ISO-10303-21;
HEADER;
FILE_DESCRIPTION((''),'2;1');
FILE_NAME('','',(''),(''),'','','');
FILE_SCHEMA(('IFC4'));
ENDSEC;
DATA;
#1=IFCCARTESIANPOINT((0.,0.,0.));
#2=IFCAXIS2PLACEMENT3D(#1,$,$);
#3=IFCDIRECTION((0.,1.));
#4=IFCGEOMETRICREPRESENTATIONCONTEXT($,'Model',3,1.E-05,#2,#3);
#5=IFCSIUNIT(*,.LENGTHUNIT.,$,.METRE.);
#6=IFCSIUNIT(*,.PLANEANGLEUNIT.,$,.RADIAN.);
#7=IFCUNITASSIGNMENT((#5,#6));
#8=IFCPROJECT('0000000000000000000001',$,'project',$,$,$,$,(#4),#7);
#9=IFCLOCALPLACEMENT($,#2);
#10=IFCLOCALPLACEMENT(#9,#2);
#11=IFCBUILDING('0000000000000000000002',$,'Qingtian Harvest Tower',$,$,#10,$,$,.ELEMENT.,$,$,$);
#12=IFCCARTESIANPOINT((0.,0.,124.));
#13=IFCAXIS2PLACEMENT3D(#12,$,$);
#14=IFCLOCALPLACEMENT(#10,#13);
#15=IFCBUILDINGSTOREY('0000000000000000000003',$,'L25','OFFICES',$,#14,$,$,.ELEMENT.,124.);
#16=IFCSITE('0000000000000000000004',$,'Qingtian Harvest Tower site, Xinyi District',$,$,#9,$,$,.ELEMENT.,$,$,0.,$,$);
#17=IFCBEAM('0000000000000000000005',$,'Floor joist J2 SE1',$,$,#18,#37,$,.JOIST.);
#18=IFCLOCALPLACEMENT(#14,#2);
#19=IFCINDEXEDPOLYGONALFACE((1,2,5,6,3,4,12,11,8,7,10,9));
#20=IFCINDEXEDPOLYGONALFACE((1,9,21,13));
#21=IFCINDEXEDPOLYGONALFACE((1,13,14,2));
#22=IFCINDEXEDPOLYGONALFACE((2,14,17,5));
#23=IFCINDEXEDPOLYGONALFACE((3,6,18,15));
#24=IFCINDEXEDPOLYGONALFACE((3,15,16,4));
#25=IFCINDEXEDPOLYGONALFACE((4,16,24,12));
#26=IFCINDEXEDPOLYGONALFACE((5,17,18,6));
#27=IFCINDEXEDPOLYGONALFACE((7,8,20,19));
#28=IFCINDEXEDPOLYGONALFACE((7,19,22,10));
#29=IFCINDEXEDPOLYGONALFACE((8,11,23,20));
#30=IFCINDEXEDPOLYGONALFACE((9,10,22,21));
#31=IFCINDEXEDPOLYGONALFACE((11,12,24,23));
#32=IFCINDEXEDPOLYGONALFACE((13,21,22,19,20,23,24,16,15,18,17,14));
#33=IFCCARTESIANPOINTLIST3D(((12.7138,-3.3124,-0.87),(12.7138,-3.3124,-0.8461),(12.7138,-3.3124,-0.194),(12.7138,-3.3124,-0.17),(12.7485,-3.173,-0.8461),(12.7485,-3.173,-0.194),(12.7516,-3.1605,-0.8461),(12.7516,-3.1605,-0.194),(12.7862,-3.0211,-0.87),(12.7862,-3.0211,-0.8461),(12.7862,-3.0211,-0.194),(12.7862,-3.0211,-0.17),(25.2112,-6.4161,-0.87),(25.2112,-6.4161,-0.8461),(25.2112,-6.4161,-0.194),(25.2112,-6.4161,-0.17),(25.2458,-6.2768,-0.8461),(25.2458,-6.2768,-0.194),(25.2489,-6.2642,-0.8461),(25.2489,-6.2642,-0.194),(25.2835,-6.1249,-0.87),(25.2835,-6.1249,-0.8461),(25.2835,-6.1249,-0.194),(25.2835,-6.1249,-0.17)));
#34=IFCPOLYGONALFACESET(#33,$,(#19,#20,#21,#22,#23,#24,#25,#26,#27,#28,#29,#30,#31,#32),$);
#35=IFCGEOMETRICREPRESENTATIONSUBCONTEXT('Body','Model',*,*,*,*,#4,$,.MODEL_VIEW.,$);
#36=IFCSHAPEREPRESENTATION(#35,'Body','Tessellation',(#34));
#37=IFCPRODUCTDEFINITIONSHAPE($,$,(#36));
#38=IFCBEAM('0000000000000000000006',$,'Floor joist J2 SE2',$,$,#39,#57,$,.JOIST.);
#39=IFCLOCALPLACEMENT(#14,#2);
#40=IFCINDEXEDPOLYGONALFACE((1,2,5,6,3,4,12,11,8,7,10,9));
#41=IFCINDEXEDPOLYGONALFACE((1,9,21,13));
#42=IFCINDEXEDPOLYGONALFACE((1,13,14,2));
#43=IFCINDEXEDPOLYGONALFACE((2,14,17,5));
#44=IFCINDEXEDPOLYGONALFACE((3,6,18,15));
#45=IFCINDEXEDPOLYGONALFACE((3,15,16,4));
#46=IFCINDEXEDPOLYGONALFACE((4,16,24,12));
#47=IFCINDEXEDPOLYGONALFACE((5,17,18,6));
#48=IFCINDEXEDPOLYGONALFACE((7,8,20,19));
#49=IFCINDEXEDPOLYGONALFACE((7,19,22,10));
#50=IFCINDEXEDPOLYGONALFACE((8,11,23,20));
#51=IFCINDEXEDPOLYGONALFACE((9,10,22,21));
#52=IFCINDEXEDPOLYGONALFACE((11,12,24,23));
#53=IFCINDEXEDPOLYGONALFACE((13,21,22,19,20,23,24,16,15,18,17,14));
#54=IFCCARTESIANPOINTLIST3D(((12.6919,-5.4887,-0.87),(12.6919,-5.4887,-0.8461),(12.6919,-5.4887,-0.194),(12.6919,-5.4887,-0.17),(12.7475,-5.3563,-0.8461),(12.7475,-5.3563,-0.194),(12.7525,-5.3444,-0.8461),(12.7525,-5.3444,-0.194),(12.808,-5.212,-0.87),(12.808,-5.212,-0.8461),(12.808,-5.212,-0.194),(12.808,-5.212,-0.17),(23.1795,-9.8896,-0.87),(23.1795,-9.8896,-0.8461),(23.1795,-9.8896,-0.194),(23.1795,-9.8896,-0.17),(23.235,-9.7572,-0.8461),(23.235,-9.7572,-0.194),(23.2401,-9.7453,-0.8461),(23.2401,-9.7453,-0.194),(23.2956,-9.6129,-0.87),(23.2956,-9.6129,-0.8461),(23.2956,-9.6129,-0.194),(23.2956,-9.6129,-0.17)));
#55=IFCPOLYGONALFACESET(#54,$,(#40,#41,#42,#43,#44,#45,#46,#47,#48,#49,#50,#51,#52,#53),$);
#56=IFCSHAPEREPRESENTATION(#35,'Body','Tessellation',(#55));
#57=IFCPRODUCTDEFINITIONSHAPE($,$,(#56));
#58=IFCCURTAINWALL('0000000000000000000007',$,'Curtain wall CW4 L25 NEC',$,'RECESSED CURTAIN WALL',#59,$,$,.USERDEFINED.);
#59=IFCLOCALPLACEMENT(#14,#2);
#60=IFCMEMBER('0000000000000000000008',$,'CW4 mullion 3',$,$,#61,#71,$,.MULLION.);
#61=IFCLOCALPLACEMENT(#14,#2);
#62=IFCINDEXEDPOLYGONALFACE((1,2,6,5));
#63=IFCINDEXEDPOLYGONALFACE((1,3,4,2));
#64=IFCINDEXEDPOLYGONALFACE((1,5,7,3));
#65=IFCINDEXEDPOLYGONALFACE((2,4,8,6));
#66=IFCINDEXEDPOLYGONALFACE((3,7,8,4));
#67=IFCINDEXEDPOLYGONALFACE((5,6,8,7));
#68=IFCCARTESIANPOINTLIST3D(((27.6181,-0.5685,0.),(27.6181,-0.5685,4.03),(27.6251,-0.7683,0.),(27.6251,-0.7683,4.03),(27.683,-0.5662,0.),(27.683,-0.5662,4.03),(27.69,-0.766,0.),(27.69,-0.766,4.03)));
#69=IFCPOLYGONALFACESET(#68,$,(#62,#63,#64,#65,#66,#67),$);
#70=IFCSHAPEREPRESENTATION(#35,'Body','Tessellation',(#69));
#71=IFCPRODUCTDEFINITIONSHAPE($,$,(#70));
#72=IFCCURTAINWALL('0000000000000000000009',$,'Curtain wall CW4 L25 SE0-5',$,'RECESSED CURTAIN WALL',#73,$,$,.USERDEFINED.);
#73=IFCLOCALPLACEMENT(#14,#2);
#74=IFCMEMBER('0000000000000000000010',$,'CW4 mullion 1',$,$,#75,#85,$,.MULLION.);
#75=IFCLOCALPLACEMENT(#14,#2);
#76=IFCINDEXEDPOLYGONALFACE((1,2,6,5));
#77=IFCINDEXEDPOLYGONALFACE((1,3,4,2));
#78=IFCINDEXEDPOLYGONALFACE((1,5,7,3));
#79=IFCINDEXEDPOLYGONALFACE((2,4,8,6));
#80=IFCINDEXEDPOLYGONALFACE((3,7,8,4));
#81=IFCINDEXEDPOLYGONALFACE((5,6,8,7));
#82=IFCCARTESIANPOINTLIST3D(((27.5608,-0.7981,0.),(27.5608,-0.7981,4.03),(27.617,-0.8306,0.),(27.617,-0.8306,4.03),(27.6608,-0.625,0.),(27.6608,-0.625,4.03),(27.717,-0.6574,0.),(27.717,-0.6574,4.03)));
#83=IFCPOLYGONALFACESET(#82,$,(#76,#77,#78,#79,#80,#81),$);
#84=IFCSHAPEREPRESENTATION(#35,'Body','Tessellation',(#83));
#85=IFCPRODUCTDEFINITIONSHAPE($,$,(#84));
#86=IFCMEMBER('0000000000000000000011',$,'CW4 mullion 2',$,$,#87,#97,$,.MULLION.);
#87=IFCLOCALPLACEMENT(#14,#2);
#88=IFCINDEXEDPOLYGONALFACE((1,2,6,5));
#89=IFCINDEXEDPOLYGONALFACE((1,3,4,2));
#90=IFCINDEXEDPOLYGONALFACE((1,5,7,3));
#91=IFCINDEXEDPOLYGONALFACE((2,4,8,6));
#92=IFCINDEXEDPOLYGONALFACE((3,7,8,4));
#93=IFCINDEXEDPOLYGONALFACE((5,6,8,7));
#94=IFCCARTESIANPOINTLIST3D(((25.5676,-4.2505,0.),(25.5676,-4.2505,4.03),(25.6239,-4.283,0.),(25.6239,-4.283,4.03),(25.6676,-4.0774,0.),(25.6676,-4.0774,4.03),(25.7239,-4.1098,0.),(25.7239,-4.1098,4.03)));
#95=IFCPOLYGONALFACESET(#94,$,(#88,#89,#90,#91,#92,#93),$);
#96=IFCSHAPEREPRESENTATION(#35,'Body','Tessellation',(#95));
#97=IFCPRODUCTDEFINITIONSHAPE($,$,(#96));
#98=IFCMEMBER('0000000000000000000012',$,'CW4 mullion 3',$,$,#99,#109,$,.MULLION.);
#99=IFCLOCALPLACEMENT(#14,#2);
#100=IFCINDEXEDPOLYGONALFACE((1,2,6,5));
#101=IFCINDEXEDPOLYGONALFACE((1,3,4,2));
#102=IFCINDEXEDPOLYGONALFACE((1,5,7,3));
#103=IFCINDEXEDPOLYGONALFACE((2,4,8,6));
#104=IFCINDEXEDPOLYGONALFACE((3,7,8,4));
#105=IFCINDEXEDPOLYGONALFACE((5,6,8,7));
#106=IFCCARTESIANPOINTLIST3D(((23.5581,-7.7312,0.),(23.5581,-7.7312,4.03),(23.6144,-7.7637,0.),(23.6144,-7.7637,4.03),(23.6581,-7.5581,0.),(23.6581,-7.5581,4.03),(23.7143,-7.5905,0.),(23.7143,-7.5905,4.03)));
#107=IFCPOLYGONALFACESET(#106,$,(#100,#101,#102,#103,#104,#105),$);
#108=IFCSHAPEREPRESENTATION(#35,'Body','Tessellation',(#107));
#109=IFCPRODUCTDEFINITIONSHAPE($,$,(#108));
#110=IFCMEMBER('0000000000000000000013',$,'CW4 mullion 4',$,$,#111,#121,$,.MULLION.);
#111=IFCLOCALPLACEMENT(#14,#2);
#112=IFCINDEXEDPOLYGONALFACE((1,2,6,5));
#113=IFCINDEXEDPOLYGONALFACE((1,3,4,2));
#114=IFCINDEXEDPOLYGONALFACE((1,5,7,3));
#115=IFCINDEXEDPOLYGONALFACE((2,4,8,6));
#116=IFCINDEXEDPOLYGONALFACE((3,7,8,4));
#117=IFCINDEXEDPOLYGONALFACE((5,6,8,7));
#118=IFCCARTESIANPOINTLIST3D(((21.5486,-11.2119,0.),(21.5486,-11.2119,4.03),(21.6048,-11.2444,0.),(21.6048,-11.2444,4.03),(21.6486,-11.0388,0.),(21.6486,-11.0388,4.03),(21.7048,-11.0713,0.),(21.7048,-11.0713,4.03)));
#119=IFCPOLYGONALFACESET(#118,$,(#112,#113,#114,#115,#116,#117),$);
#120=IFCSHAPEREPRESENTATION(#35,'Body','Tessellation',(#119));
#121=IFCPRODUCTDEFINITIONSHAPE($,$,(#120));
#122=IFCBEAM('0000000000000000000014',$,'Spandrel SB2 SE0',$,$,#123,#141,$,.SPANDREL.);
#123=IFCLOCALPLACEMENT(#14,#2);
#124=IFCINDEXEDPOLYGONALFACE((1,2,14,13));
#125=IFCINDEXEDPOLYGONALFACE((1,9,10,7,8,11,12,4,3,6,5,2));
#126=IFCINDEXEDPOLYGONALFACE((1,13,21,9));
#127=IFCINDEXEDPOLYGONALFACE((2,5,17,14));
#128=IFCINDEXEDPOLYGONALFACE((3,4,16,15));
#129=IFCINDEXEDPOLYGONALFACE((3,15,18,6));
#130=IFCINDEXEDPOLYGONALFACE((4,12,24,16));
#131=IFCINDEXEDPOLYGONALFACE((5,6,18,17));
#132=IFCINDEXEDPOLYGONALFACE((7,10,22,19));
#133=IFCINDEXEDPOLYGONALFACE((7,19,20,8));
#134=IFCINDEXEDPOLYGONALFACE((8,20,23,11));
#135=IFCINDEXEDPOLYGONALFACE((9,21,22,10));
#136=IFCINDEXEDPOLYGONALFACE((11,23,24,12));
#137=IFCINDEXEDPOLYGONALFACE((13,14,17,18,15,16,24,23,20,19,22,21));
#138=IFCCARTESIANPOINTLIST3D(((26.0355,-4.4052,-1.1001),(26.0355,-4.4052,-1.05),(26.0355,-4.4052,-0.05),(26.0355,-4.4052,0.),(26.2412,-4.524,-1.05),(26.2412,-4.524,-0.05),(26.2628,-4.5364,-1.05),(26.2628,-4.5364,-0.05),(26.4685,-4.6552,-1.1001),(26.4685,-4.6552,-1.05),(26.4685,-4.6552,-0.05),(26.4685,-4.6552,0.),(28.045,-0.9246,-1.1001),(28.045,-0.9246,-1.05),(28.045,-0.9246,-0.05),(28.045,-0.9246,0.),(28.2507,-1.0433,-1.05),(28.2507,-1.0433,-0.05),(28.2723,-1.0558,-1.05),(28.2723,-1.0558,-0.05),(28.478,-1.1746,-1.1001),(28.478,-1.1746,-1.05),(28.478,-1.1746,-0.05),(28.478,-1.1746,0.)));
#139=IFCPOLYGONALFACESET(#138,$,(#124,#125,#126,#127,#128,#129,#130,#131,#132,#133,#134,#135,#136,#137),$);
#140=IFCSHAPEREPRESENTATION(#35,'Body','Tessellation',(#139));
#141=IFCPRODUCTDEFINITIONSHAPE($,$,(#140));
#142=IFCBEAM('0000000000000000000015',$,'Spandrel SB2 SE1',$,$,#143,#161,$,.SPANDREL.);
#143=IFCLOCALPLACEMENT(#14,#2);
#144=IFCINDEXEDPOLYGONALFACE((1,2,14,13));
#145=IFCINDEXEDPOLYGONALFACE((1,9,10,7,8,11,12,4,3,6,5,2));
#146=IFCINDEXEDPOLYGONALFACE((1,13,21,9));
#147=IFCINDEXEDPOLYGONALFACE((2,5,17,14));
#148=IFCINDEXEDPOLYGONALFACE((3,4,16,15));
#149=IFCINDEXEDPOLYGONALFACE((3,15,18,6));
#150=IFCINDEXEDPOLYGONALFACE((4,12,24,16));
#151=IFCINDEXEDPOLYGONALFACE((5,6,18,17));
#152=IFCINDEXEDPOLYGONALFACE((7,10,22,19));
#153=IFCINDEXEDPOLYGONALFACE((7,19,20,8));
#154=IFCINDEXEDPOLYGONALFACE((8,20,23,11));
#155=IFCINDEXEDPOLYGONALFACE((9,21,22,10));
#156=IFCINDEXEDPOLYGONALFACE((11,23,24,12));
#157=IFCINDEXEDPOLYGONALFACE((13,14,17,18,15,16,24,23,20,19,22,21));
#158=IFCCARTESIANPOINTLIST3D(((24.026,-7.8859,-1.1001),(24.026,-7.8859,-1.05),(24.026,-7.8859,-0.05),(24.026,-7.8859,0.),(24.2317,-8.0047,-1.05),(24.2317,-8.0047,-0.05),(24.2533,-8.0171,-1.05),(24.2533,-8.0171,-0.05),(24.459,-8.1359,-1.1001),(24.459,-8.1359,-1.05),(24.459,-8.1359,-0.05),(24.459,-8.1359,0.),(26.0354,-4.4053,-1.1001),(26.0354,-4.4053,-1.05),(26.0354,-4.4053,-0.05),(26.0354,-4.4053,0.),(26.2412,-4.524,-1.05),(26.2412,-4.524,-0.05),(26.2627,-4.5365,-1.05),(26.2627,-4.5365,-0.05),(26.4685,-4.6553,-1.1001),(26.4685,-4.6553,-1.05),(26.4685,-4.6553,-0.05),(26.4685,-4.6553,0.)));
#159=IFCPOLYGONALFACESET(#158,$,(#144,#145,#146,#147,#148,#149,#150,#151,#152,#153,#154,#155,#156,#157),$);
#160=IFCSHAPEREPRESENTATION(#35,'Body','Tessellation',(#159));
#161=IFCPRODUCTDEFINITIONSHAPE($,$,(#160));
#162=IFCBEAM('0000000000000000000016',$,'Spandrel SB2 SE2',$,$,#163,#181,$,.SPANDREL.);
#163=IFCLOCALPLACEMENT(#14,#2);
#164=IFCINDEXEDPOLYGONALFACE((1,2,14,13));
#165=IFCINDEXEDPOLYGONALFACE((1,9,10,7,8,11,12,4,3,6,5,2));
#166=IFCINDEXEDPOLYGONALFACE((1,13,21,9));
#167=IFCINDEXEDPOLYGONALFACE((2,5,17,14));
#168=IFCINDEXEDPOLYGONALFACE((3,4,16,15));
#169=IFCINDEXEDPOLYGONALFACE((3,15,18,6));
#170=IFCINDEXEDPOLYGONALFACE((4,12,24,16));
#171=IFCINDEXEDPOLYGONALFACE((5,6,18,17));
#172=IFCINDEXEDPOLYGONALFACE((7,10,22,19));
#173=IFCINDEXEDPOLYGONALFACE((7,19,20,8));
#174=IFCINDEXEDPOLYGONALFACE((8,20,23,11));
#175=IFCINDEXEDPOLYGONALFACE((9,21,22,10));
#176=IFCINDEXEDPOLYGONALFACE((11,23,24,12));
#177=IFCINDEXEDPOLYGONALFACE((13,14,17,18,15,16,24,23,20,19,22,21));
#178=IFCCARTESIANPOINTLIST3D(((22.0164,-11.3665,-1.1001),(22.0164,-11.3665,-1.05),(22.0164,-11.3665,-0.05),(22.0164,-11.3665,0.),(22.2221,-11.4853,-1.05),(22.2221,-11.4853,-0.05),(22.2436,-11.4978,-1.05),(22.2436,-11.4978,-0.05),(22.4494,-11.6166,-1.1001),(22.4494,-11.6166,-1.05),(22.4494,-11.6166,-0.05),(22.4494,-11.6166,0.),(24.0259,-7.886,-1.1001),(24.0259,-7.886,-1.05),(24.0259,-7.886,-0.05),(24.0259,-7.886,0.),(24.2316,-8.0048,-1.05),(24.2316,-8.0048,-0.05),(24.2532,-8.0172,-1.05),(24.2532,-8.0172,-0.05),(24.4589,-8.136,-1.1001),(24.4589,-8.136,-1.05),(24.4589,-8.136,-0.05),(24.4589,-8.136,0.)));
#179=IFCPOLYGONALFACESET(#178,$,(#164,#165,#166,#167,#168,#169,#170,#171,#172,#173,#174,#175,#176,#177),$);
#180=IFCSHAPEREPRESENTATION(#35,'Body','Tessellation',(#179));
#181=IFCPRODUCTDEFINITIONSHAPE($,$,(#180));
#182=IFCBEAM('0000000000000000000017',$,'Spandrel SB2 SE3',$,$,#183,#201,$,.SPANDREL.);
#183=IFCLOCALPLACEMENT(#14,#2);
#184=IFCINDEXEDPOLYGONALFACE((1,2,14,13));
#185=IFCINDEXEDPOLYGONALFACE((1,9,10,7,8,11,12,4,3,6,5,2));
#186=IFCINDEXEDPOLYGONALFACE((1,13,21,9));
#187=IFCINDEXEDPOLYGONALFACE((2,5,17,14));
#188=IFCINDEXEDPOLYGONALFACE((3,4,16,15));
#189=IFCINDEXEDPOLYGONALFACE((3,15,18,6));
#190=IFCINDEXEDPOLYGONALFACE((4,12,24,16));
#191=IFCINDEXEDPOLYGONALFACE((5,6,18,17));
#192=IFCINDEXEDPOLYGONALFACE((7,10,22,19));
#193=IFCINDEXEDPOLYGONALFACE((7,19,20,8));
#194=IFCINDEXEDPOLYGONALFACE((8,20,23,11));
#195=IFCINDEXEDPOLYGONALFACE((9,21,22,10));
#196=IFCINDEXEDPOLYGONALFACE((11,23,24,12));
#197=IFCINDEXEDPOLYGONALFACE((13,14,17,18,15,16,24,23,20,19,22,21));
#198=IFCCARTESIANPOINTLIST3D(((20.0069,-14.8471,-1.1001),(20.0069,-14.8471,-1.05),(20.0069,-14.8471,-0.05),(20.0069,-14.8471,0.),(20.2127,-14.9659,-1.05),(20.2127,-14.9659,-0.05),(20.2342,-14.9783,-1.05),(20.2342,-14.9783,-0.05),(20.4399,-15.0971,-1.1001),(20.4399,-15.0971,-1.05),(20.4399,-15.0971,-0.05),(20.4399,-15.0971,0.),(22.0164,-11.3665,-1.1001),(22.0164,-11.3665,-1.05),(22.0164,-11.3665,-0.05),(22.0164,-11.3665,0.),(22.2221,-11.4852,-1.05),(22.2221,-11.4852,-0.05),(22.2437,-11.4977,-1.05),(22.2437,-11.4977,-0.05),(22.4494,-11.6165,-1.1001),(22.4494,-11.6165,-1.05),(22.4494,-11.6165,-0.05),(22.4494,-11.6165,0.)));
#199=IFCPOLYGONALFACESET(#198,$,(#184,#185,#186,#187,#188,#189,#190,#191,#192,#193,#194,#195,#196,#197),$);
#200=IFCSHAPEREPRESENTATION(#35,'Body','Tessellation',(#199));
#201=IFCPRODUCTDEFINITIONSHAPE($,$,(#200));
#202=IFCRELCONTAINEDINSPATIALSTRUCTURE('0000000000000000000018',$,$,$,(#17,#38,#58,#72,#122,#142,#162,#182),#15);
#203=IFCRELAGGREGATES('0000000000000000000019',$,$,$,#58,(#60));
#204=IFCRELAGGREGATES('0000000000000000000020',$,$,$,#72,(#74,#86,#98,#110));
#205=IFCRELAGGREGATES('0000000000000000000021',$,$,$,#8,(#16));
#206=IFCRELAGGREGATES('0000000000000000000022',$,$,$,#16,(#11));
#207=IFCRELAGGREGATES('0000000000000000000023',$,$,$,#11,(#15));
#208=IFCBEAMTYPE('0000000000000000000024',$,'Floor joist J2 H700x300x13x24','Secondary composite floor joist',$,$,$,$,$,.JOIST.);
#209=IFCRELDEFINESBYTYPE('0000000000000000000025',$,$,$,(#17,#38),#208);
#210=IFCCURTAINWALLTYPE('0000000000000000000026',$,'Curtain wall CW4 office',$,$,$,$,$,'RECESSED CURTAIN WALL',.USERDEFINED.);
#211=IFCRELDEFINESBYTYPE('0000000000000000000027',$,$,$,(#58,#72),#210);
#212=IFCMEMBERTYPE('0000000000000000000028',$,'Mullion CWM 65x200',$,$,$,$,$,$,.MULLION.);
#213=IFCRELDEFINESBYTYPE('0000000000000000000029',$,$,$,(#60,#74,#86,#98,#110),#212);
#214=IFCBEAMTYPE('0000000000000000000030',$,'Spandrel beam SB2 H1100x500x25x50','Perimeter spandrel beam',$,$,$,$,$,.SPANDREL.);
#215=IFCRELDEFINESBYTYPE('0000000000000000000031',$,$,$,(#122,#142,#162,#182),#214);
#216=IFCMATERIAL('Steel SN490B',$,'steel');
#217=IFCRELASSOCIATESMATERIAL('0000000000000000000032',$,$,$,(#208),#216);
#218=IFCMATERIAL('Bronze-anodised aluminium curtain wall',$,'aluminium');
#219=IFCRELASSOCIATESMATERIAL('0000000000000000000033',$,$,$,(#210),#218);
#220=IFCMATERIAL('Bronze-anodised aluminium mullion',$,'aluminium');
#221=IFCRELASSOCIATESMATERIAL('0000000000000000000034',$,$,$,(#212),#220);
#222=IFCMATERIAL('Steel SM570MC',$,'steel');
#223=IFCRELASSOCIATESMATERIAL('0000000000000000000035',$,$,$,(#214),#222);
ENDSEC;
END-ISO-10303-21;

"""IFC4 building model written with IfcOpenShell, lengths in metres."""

from ifc_helpers import new_model, si_unit, direction, frame, origin, origin_2d, place, context, subcontext, project, spatial, rectangle, i_section, extrude, material, material_profile, profile_set, type_object, element, aggregate, save


model = new_model("IFC4")

# Units and contexts
model_context = context("Model", 3, precision=1e-05, world=origin(), true_north=direction((0.0, 1.0)))
body_context = subcontext(model_context, "Body", "Model", "MODEL_VIEW")
ifc_project = project(units=[si_unit("LENGTHUNIT", "METRE"), si_unit("PLANEANGLEUNIT", "RADIAN")], contexts=[model_context])

# Site, building, storey
site_placement = place(None, origin())
site = spatial("IfcSite", under=ifc_project, at=site_placement, Name="Qingtian Harvest Tower site, Xinyi District", CompositionType="ELEMENT", RefElevation=0.0)
building_placement = place(site_placement, origin())
building = spatial("IfcBuilding", under=site, at=building_placement, Name="Qingtian Harvest Tower", CompositionType="ELEMENT")
storey_placement = place(building_placement, frame((0.0, 0.0, 124.0)))
storey = spatial("IfcBuildingStorey", under=building, at=storey_placement, Name="L25", Description="OFFICES", CompositionType="ELEMENT", Elevation=124.0)

# Beams
ifc_material_1 = material(Name="Steel SN490B", Category="steel")
ifc_material_profile_1 = material_profile(ifc_material_1, i_section(OverallWidth=0.3, OverallDepth=0.7, WebThickness=0.0129, FlangeThickness=0.0239, at=origin_2d()), Name="H700x300x13x24")
ifc_profile_set_1 = profile_set([ifc_material_profile_1], Name="Steel SN490B")
beam_type_1 = type_object("IfcBeamType", Name="Floor joist J2 H700x300x13x24", Description="Secondary composite floor joist", PredefinedType="JOIST", material=ifc_profile_set_1)
beam_1_placement = place(storey_placement, frame((25.2473, -6.2705, -0.52), z_axis=(-0.970517, 0.241032, 0.0), x_axis=(-0.241032, -0.970517, 0.0)))
element("IfcBeam", 1, at=beam_1_placement, inside=storey, type_object=beam_type_1, Name="Floor joist J2 SE1", PredefinedType="JOIST", context=body_context, shape_type="SweptSolid", body=[
    extrude(i_section(OverallWidth=0.3, OverallDepth=0.7, WebThickness=0.0129, FlangeThickness=0.0239, at=origin_2d()), origin(), (0.0, 0.0, 1.0), 12.877),
])
beam_2_placement = place(storey_placement, frame((23.2375, -9.7512, -0.52), z_axis=(-0.922104, 0.386942, 0.0), x_axis=(-0.386942, -0.922104, 0.0)))
element("IfcBeam", 2, at=beam_2_placement, inside=storey, type_object=beam_type_1, Name="Floor joist J2 SE2", PredefinedType="JOIST", context=body_context, shape_type="SweptSolid", body=[
    extrude(i_section(OverallWidth=0.3, OverallDepth=0.7, WebThickness=0.0129, FlangeThickness=0.0239, at=origin_2d()), origin(), (0.0, 0.0, 1.0), 11.3735),
])

# Curtain wall, member
ifc_material_2 = material(Name="Bronze-anodised aluminium curtain wall", Category="aluminium")
curtain_wall_type = type_object("IfcCurtainWallType", Name="Curtain wall CW4 office", ElementType="RECESSED CURTAIN WALL", PredefinedType="USERDEFINED", material=ifc_material_2)
curtain_wall_1_placement = place(storey_placement, origin())
curtain_wall_1 = element("IfcCurtainWall", 3, at=curtain_wall_1_placement, inside=storey, type_object=curtain_wall_type, Name="Curtain wall CW4 L25 NEC", ObjectType="RECESSED CURTAIN WALL", PredefinedType="USERDEFINED")
ifc_material_3 = material(Name="Bronze-anodised aluminium mullion", Category="aluminium")
ifc_material_profile_2 = material_profile(ifc_material_3, rectangle(XDim=0.0649, YDim=0.2, at=origin_2d()), Name="AL 65x200")
ifc_profile_set_2 = profile_set([ifc_material_profile_2], Name="Bronze-anodised aluminium mullion")
member_type_1 = type_object("IfcMemberType", Name="Mullion CWM 65x200", PredefinedType="MULLION", material=ifc_profile_set_2)
member_1_placement = place(storey_placement, frame((27.6541, -0.6672, 0.0), z_axis=(0.0, 0.0, 1.0), x_axis=(0.999391, 0.034899, 0.0)))
member_1 = element("IfcMember", 4, at=member_1_placement, type_object=member_type_1, Name="CW4 mullion 3", PredefinedType="MULLION", context=body_context, shape_type="SweptSolid", body=[
    extrude(rectangle(XDim=0.0649, YDim=0.2, at=origin_2d()), origin(), (0.0, 0.0, 1.0), 4.03),
])
aggregate(curtain_wall_1, [member_1])

# Curtain wall, members
curtain_wall_2_placement = place(storey_placement, origin())
curtain_wall_2 = element("IfcCurtainWall", 5, at=curtain_wall_2_placement, inside=storey, type_object=curtain_wall_type, Name="Curtain wall CW4 L25 SE0-5", ObjectType="RECESSED CURTAIN WALL", PredefinedType="USERDEFINED")
member_2_placement = place(storey_placement, frame((27.6389, -0.7278, 0.0), z_axis=(0.0, 0.0, 1.0), x_axis=(0.866025, -0.5, 0.0)))
member_2 = element("IfcMember", 6, at=member_2_placement, type_object=member_type_1, Name="CW4 mullion 1", PredefinedType="MULLION", context=body_context, shape_type="SweptSolid", body=[
    extrude(rectangle(XDim=0.0649, YDim=0.2, at=origin_2d()), origin(), (0.0, 0.0, 1.0), 4.03),
])
member_3_placement = place(storey_placement, frame((25.6458, -4.1802, 0.0), z_axis=(0.0, 0.0, 1.0), x_axis=(0.866025, -0.5, 0.0)))
member_3 = element("IfcMember", 7, at=member_3_placement, type_object=member_type_1, Name="CW4 mullion 2", PredefinedType="MULLION", context=body_context, shape_type="SweptSolid", body=[
    extrude(rectangle(XDim=0.0649, YDim=0.2, at=origin_2d()), origin(), (0.0, 0.0, 1.0), 4.03),
])
member_4_placement = place(storey_placement, frame((23.6362, -7.6609, 0.0), z_axis=(0.0, 0.0, 1.0), x_axis=(0.866025, -0.5, 0.0)))
member_4 = element("IfcMember", 8, at=member_4_placement, type_object=member_type_1, Name="CW4 mullion 3", PredefinedType="MULLION", context=body_context, shape_type="SweptSolid", body=[
    extrude(rectangle(XDim=0.0649, YDim=0.2, at=origin_2d()), origin(), (0.0, 0.0, 1.0), 4.03),
])
member_5_placement = place(storey_placement, frame((21.6267, -11.1416, 0.0), z_axis=(0.0, 0.0, 1.0), x_axis=(0.866025, -0.5, 0.0)))
member_5 = element("IfcMember", 9, at=member_5_placement, type_object=member_type_1, Name="CW4 mullion 4", PredefinedType="MULLION", context=body_context, shape_type="SweptSolid", body=[
    extrude(rectangle(XDim=0.0649, YDim=0.2, at=origin_2d()), origin(), (0.0, 0.0, 1.0), 4.03),
])

# Beams
ifc_material_4 = material(Name="Steel SM570MC", Category="steel")
ifc_material_profile_3 = material_profile(ifc_material_4, i_section(OverallWidth=0.5, OverallDepth=1.1001, WebThickness=0.0249, FlangeThickness=0.05, at=origin_2d()), Name="H1100x500x25x50")
ifc_profile_set_3 = profile_set([ifc_material_profile_3], Name="Steel SM570MC")
beam_type_2 = type_object("IfcBeamType", Name="Spandrel beam SB2 H1100x500x25x50", Description="Perimeter spandrel beam", PredefinedType="SPANDREL", material=ifc_profile_set_3)
for number, where, z_axis, x_axis, name in (
    (10, (28.2615, -1.0496, -0.55), (-0.499987, -0.866033, 0.0), (0.866033, -0.499987, 0.0), "Spandrel SB2 SE0"),
    (11, (26.252, -4.5303, -0.55), (-0.499987, -0.866033, 0.0), (0.866033, -0.499987, 0.0), "Spandrel SB2 SE1"),
    (12, (24.2424, -8.011, -0.55), (-0.500013, -0.866018, 0.0), (0.866018, -0.500013, 0.0), "Spandrel SB2 SE2"),
    (13, (22.2329, -11.4915, -0.55), (-0.499987, -0.866033, 0.0), (0.866033, -0.499987, 0.0), "Spandrel SB2 SE3"),
):
    element("IfcBeam", number, at=place(storey_placement, frame(where, z_axis=z_axis, x_axis=x_axis)), inside=storey, type_object=beam_type_2, Name=name, PredefinedType="SPANDREL", context=body_context, shape_type="SweptSolid", body=[
        extrude(i_section(OverallWidth=0.5, OverallDepth=1.1001, WebThickness=0.0249, FlangeThickness=0.05, at=origin_2d()), origin(), (0.0, 0.0, 1.0), 4.019),
    ])

aggregate(curtain_wall_2, [member_2, member_3, member_4, member_5])

save(model, "model.ifc")
